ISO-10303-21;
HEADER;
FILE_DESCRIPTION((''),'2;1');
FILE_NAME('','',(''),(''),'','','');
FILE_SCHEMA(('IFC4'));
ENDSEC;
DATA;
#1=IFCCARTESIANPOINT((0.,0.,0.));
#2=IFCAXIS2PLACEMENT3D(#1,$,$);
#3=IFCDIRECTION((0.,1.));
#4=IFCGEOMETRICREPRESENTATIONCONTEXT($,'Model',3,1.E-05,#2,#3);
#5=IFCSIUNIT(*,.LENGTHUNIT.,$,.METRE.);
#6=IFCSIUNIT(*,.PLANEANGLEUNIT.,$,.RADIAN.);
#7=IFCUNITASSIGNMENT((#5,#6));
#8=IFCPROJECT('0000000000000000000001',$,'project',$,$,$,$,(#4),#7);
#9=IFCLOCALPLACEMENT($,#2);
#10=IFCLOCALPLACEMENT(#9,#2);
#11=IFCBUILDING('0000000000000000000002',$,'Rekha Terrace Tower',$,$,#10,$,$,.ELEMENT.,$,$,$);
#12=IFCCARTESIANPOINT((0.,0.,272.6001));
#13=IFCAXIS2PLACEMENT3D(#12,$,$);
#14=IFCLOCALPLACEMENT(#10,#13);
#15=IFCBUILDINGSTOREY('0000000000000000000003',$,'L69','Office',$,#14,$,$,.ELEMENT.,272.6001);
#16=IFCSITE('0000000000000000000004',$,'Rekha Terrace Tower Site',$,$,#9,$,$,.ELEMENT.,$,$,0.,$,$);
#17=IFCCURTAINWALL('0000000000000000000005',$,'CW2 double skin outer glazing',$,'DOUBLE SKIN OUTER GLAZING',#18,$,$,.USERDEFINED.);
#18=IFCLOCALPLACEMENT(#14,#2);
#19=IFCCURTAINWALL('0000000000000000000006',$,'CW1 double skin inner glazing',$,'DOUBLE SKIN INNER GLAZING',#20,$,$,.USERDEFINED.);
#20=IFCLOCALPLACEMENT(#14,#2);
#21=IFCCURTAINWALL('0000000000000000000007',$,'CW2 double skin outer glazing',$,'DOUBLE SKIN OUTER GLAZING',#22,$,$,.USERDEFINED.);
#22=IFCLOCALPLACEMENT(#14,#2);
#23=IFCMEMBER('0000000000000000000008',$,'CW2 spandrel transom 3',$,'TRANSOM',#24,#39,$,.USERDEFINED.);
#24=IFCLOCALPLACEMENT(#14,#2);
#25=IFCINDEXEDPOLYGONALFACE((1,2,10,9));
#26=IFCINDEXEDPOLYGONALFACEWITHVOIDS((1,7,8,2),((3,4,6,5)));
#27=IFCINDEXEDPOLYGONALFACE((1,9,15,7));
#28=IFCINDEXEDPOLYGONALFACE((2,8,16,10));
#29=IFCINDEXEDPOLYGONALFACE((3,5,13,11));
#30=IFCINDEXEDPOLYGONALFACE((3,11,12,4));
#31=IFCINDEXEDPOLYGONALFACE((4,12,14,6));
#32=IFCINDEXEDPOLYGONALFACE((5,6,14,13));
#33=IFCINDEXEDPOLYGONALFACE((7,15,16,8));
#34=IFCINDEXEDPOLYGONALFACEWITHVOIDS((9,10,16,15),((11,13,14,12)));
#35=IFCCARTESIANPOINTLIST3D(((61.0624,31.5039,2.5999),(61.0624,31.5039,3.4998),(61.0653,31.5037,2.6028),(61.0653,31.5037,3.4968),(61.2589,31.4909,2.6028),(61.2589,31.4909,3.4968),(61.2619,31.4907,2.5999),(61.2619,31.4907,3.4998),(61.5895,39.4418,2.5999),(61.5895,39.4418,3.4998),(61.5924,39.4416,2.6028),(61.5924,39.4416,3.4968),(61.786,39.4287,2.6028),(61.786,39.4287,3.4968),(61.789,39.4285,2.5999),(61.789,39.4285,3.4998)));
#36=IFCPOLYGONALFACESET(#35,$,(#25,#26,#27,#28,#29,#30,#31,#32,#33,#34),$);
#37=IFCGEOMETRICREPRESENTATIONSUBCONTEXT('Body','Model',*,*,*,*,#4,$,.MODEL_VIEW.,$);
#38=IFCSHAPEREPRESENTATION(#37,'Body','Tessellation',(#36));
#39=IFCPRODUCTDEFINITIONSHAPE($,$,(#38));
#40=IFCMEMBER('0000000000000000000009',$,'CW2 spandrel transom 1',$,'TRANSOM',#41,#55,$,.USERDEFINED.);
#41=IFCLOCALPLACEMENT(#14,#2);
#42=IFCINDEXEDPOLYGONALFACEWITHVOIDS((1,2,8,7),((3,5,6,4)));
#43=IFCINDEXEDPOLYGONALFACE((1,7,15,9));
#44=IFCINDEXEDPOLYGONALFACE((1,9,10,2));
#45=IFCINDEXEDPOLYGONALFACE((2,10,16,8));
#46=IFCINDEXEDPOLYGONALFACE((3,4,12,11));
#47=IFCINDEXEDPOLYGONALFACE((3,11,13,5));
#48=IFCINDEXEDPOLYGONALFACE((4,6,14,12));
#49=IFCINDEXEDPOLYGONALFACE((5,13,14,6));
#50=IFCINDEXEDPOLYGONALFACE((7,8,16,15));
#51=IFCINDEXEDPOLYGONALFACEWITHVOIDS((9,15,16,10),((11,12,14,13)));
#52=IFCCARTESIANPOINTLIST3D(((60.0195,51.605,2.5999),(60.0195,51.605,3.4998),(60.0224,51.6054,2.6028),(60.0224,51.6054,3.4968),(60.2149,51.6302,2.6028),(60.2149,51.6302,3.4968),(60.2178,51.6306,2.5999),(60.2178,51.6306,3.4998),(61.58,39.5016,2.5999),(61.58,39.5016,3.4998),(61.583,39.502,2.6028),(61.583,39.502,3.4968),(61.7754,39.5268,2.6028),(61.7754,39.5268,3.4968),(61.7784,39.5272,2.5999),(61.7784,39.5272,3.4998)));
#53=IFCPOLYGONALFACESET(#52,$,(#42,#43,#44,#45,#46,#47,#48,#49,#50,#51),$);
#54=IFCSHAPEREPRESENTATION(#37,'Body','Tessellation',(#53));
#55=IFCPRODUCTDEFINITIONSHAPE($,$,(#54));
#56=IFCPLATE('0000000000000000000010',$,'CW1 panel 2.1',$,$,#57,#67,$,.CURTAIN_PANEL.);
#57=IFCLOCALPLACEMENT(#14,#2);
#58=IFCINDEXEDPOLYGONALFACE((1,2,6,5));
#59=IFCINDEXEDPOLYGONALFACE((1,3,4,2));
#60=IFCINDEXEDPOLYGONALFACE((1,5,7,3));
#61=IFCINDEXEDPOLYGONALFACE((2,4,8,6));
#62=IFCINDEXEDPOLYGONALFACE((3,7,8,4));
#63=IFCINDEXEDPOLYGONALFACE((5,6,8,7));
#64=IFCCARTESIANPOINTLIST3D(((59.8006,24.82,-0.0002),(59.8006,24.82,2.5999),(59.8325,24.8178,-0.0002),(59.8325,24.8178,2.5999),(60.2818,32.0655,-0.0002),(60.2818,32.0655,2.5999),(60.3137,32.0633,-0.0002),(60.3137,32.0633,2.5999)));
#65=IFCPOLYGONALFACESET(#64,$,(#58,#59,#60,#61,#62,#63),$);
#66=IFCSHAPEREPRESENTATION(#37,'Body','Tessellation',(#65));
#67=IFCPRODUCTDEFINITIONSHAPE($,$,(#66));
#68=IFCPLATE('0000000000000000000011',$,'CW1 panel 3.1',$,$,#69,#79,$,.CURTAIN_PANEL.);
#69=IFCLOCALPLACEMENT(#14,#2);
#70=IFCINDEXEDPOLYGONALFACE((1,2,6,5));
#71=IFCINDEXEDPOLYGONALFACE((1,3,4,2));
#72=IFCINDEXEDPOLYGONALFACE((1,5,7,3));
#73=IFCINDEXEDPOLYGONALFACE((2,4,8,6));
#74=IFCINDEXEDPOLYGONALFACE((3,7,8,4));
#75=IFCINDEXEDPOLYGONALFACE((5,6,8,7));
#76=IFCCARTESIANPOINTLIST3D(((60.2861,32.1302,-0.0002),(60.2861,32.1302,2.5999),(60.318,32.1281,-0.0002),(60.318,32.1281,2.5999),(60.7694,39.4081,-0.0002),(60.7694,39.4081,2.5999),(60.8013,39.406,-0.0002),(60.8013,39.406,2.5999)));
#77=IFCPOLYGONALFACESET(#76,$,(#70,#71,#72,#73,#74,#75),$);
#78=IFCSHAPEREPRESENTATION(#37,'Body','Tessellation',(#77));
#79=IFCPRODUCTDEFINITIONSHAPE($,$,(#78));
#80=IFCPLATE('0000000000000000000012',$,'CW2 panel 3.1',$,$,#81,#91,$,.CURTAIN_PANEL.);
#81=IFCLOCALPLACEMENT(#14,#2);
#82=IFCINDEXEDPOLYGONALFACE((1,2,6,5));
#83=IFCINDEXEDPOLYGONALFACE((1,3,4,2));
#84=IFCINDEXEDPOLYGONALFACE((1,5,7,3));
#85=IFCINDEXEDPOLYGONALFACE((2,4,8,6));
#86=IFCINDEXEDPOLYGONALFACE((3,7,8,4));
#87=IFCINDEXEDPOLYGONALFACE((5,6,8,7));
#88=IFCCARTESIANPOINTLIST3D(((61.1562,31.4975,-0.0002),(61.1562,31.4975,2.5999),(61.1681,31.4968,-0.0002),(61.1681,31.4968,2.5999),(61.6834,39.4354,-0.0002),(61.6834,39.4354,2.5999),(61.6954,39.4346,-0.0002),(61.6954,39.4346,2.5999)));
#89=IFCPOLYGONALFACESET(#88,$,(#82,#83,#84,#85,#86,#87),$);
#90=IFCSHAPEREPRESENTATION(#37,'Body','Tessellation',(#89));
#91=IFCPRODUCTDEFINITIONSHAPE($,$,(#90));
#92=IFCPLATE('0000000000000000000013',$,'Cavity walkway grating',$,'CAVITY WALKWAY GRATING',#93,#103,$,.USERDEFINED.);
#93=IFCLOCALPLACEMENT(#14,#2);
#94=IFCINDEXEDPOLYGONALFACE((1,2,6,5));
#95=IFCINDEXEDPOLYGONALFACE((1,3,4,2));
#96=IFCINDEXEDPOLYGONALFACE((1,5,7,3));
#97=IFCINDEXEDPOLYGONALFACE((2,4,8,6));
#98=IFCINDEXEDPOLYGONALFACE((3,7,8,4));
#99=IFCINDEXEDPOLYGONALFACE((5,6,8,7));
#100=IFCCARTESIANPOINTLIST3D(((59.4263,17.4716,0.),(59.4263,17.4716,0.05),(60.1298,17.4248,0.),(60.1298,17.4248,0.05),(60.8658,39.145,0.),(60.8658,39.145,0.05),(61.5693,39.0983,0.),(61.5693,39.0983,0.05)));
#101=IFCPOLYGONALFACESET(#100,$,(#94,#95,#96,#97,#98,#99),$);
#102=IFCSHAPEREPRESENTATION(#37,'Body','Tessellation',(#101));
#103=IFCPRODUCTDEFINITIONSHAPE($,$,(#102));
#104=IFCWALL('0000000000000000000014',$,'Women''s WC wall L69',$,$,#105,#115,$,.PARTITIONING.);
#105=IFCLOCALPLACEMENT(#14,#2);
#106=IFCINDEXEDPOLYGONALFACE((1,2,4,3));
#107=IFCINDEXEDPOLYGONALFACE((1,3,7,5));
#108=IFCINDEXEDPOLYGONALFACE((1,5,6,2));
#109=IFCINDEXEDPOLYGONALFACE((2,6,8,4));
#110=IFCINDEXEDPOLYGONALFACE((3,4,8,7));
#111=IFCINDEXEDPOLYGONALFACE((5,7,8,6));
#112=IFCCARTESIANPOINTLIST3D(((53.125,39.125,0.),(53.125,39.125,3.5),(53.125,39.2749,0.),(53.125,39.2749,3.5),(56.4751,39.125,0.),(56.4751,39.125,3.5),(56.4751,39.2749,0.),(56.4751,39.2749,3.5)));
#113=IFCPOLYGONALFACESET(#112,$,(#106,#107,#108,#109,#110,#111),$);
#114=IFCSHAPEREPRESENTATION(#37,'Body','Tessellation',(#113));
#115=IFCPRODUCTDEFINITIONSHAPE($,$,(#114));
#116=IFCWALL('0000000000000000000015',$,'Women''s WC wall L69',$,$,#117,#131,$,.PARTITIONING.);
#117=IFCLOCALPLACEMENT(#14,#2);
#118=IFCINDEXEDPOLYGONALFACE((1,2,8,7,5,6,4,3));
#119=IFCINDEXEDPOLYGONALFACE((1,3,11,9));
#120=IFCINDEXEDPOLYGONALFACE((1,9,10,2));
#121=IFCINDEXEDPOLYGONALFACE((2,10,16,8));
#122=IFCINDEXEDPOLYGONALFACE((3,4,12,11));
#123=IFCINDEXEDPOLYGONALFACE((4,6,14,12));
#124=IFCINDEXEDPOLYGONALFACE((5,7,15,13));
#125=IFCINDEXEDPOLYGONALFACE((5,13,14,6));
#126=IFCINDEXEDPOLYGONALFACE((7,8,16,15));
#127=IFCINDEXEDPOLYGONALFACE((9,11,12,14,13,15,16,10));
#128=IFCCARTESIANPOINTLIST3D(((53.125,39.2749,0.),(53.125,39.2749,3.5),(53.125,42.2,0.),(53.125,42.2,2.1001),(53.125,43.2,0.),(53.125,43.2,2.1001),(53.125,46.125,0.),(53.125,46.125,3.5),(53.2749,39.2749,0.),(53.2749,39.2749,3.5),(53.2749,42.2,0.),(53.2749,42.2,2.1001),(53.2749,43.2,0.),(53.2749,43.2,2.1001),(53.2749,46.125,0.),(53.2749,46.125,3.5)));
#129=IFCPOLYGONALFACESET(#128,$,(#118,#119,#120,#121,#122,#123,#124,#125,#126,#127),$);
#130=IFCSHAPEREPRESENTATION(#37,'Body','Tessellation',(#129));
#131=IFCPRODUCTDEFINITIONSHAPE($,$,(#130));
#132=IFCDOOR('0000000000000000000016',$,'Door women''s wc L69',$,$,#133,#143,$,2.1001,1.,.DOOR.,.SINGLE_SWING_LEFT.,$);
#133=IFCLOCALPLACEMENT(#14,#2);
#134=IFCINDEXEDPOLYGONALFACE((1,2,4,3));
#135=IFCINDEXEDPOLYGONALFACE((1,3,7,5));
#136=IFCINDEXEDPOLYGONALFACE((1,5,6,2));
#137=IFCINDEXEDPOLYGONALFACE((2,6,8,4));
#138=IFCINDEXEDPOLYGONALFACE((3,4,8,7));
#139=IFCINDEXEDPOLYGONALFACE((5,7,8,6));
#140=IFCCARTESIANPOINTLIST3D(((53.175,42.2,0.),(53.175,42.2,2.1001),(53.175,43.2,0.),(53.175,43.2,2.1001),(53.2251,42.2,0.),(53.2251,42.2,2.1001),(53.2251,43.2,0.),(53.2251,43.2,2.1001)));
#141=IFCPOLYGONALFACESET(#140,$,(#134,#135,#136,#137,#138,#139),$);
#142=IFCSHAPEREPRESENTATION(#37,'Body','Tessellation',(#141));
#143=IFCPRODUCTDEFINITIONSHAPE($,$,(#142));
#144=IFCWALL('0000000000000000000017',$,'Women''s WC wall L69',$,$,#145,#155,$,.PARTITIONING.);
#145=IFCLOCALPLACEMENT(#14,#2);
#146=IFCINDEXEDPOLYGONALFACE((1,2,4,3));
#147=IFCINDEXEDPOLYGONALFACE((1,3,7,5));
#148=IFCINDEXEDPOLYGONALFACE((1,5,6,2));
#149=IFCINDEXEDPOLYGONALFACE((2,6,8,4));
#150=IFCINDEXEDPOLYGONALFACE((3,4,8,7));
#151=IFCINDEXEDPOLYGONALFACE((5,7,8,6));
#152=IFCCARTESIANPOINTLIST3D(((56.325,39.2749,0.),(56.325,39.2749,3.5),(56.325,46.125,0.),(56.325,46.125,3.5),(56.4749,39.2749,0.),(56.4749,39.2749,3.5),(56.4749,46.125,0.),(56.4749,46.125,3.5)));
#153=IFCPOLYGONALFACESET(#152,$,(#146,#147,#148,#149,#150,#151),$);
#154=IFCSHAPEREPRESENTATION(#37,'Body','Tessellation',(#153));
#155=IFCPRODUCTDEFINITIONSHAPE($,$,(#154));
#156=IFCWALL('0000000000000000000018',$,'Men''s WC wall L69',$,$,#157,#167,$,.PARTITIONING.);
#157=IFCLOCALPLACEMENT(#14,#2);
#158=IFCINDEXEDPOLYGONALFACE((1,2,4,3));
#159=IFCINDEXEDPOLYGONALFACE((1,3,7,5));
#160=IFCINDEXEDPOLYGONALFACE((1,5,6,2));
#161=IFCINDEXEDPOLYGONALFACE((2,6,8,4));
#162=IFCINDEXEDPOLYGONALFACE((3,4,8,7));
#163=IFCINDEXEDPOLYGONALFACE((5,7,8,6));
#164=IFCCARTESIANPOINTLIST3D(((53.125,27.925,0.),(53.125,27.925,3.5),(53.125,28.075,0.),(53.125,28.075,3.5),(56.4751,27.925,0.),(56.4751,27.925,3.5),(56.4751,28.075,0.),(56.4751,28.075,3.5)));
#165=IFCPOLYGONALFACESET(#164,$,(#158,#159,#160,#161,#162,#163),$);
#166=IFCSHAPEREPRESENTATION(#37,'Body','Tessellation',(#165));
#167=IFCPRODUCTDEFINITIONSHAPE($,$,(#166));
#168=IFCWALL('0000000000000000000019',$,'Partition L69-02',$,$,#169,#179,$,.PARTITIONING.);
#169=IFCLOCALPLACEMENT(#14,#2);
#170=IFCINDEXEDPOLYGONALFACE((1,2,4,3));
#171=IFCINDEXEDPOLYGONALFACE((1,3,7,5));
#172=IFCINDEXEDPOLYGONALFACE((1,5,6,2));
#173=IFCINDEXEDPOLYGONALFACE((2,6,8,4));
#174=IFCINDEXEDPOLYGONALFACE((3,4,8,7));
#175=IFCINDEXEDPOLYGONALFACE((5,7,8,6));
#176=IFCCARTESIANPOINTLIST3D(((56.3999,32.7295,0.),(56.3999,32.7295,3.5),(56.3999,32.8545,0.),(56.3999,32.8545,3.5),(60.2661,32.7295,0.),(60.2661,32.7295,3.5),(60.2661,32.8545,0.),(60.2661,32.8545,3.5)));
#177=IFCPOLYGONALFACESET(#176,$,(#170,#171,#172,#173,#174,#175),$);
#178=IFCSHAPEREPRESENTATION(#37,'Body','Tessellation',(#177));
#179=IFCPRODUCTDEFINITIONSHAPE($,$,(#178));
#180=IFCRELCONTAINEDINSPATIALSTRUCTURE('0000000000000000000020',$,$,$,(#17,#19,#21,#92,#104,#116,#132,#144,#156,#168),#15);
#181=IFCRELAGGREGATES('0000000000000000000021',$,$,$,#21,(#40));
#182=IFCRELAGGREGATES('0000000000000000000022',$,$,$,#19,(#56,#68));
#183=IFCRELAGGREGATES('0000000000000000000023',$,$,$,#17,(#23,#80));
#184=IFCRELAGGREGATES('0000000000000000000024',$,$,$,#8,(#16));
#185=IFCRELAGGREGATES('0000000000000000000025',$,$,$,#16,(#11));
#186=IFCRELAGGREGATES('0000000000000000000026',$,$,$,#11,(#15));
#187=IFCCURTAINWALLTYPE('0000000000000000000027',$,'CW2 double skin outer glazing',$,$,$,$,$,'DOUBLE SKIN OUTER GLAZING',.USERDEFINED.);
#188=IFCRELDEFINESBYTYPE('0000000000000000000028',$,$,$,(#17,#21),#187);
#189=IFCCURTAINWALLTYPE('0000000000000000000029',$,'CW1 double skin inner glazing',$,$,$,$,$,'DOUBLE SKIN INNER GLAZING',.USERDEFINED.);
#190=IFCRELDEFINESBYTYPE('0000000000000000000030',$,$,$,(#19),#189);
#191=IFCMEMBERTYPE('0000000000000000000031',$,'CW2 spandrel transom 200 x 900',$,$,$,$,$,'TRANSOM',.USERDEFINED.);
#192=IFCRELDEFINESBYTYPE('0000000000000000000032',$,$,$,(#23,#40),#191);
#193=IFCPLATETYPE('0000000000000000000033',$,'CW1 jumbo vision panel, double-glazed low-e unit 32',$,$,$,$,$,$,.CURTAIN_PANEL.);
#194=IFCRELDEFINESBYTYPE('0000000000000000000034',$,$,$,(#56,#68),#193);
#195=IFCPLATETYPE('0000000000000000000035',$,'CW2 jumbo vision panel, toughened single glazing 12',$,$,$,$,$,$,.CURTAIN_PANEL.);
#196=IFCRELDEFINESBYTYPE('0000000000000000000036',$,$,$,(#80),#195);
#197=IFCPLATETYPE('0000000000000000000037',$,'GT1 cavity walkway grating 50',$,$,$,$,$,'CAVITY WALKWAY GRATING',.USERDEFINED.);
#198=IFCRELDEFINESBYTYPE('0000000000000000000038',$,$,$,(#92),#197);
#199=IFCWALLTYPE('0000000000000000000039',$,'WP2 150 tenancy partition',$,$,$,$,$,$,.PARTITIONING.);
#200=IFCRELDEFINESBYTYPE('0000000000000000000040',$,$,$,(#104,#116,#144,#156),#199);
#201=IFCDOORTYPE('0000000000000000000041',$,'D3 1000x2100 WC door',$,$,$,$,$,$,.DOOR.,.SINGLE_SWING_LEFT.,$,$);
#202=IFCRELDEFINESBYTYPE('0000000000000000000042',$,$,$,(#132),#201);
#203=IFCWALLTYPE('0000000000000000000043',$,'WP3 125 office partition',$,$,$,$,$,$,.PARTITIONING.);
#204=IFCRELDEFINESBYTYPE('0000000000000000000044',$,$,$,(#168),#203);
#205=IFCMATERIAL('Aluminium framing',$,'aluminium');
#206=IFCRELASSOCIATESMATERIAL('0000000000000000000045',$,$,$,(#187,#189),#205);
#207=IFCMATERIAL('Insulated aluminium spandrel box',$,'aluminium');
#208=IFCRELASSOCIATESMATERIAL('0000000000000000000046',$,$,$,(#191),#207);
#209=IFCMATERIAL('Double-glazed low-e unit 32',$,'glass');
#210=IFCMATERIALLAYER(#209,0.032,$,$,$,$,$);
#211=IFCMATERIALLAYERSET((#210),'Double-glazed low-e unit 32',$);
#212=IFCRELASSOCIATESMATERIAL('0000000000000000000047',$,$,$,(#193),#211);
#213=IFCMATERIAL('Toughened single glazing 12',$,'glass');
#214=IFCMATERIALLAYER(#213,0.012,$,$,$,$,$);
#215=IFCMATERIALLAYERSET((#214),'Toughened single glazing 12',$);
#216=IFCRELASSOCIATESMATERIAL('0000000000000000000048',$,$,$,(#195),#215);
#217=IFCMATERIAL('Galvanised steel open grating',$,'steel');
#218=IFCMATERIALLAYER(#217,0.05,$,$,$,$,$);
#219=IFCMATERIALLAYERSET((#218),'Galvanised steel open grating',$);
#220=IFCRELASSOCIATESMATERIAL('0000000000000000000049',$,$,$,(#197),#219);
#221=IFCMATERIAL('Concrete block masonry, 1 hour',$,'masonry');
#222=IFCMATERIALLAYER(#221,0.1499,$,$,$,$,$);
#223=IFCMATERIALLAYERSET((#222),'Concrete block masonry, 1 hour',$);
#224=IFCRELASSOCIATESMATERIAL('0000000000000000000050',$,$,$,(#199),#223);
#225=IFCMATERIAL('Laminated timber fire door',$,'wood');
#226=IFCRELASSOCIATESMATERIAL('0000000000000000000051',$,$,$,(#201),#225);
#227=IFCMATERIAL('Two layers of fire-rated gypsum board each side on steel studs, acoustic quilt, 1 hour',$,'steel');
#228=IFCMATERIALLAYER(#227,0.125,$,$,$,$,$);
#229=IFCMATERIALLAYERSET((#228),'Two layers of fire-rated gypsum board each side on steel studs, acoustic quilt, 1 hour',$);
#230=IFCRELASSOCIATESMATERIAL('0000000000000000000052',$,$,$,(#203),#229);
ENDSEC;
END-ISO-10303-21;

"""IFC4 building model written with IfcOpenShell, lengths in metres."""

from ifc_helpers import new_model, si_unit, direction, frame, frame_2d, origin, origin_2d, place, context, subcontext, project, spatial, rectangle, hollow_rectangle, extrude, material, layer, layer_set, material_profile, profile_set, type_object, element, fill, aggregate, save


model = new_model("IFC4")

# Units and contexts
model_context = context("Model", 3, precision=1e-05, world=origin(), true_north=direction((0.0, 1.0)))
body_context = subcontext(model_context, "Body", "Model", "MODEL_VIEW")
ifc_project = project(units=[si_unit("LENGTHUNIT", "METRE"), si_unit("PLANEANGLEUNIT", "RADIAN")], contexts=[model_context])

# Site, building, storey
site_placement = place(None, origin())
site = spatial("IfcSite", under=ifc_project, at=site_placement, Name="Rekha Terrace Tower Site", CompositionType="ELEMENT", RefElevation=0.0)
building_placement = place(site_placement, origin())
building = spatial("IfcBuilding", under=site, at=building_placement, Name="Rekha Terrace Tower", CompositionType="ELEMENT")
storey_placement = place(building_placement, frame((0.0, 0.0, 272.6001)))
storey = spatial("IfcBuildingStorey", under=building, at=storey_placement, Name="L69", Description="Office", CompositionType="ELEMENT", Elevation=272.6001)

# Curtain walls
ifc_material_1 = material(Name="Aluminium framing", Category="aluminium")
curtain_wall_type_1 = type_object("IfcCurtainWallType", Name="CW2 double skin outer glazing", ElementType="DOUBLE SKIN OUTER GLAZING", PredefinedType="USERDEFINED", material=ifc_material_1)
curtain_wall_1_placement = place(storey_placement, origin())
curtain_wall_1 = element("IfcCurtainWall", 1, at=curtain_wall_1_placement, inside=storey, type_object=curtain_wall_type_1, Name="CW2 double skin outer glazing", ObjectType="DOUBLE SKIN OUTER GLAZING", PredefinedType="USERDEFINED")
curtain_wall_type_2 = type_object("IfcCurtainWallType", Name="CW1 double skin inner glazing", ElementType="DOUBLE SKIN INNER GLAZING", PredefinedType="USERDEFINED", material=ifc_material_1)
curtain_wall_2_placement = place(storey_placement, origin())
curtain_wall_2 = element("IfcCurtainWall", 2, at=curtain_wall_2_placement, inside=storey, type_object=curtain_wall_type_2, Name="CW1 double skin inner glazing", ObjectType="DOUBLE SKIN INNER GLAZING", PredefinedType="USERDEFINED")

# Shared definitions
ifc_material_2 = material(Name="Insulated aluminium spandrel box", Category="aluminium")

# Curtain wall
curtain_wall_3_placement = place(storey_placement, origin())
curtain_wall_3 = element("IfcCurtainWall", 3, at=curtain_wall_3_placement, inside=storey, type_object=curtain_wall_type_1, Name="CW2 double skin outer glazing", ObjectType="DOUBLE SKIN OUTER GLAZING", PredefinedType="USERDEFINED")

# Members
ifc_material_profile_1 = material_profile(ifc_material_2, hollow_rectangle(XDim=0.2, YDim=0.8999, WallThickness=0.0029, at=origin_2d()), Name="AL SPANDREL BOX 200x900")
ifc_profile_set_1 = profile_set([ifc_material_profile_1], Name="Insulated aluminium spandrel box")
member_type_1 = type_object("IfcMemberType", Name="CW2 spandrel transom 200 x 900", ElementType="TRANSOM", PredefinedType="USERDEFINED", material=ifc_profile_set_1)
member_1_placement = place(storey_placement, frame((61.1621, 31.4973, 3.0498), z_axis=(0.066258, 0.997803, 0.0), x_axis=(-0.997803, 0.066258, 0.0)))
member_1 = element("IfcMember", 4, at=member_1_placement, type_object=member_type_1, Name="CW2 spandrel transom 3", ObjectType="TRANSOM", PredefinedType="USERDEFINED", context=body_context, shape_type="SweptSolid", body=[
    extrude(hollow_rectangle(XDim=0.2, YDim=0.8999, WallThickness=0.0029, at=origin_2d()), origin(), (0.0, 0.0, 1.0), 7.9553),
])
member_2_placement = place(storey_placement, frame((61.6792, 39.5144, 3.0498), z_axis=(-0.127875, 0.99179, 0.0), x_axis=(-0.99179, -0.127875, 0.0)))
member_2 = element("IfcMember", 5, at=member_2_placement, type_object=member_type_1, Name="CW2 spandrel transom 1", ObjectType="TRANSOM", PredefinedType="USERDEFINED", context=body_context, shape_type="SweptSolid", body=[
    extrude(hollow_rectangle(XDim=0.2, YDim=0.8999, WallThickness=0.0029, at=origin_2d()), origin(), (0.0, 0.0, 1.0), 12.2036),
])
aggregate(curtain_wall_3, [member_2])

# Plates
ifc_material_3 = material(Name="Double-glazed low-e unit 32", Category="glass")
ifc_layer_1 = layer(ifc_material_3, 0.032)
ifc_layer_set_1 = layer_set([ifc_layer_1], Name="Double-glazed low-e unit 32")
plate_type_1 = type_object("IfcPlateType", Name="CW1 jumbo vision panel, double-glazed low-e unit 32", PredefinedType="CURTAIN_PANEL", material=ifc_layer_set_1)
plate_1_placement = place(storey_placement, frame((60.0571, 28.4417, -0.0002), z_axis=(0.0, 0.0, 1.0), x_axis=(0.066272, 0.997802, 0.0)))
plate_1 = element("IfcPlate", 6, at=plate_1_placement, type_object=plate_type_1, Name="CW1 panel 2.1", PredefinedType="CURTAIN_PANEL", context=body_context, shape_type="SweptSolid", body=[
    extrude(rectangle(XDim=7.2615, YDim=0.032, at=origin_2d()), origin(), (0.0, 0.0, 1.0), 2.6001),
])
plate_2_placement = place(storey_placement, frame((60.5437, 35.7681, -0.0002), z_axis=(0.0, 0.0, 1.0), x_axis=(0.066272, 0.997802, 0.0)))
plate_2 = element("IfcPlate", 7, at=plate_2_placement, type_object=plate_type_1, Name="CW1 panel 3.1", PredefinedType="CURTAIN_PANEL", context=body_context, shape_type="SweptSolid", body=[
    extrude(rectangle(XDim=7.2939, YDim=0.032, at=origin_2d()), origin(), (0.0, 0.0, 1.0), 2.6001),
])
aggregate(curtain_wall_2, [plate_1, plate_2])
ifc_material_4 = material(Name="Toughened single glazing 12", Category="glass")
ifc_layer_2 = layer(ifc_material_4, 0.012)
ifc_layer_set_2 = layer_set([ifc_layer_2], Name="Toughened single glazing 12")
plate_type_2 = type_object("IfcPlateType", Name="CW2 jumbo vision panel, toughened single glazing 12", PredefinedType="CURTAIN_PANEL", material=ifc_layer_set_2)
plate_3_placement = place(storey_placement, frame((61.4258, 35.4661, -0.0002), z_axis=(0.0, 0.0, 1.0), x_axis=(0.066272, 0.997802, 0.0)))
plate_3 = element("IfcPlate", 8, at=plate_3_placement, type_object=plate_type_2, Name="CW2 panel 3.1", PredefinedType="CURTAIN_PANEL", context=body_context, shape_type="SweptSolid", body=[
    extrude(rectangle(XDim=7.9553, YDim=0.012, at=origin_2d()), origin(), (0.0, 0.0, 1.0), 2.6001),
])
aggregate(curtain_wall_1, [member_1, plate_3])
ifc_material_5 = material(Name="Galvanised steel open grating", Category="steel")
ifc_layer_3 = layer(ifc_material_5, 0.05)
ifc_layer_set_3 = layer_set([ifc_layer_3], Name="Galvanised steel open grating")
plate_type_3 = type_object("IfcPlateType", Name="GT1 cavity walkway grating 50", ElementType="CAVITY WALKWAY GRATING", PredefinedType="USERDEFINED", material=ifc_layer_set_3)
plate_4_placement = place(storey_placement, frame((60.4978, 28.2849, 0.0), z_axis=(0.0, 0.0, 1.0), x_axis=(0.066272, 0.997802, 0.0)))
element("IfcPlate", 9, at=plate_4_placement, inside=storey, type_object=plate_type_3, Name="Cavity walkway grating", ObjectType="CAVITY WALKWAY GRATING", PredefinedType="USERDEFINED", context=body_context, shape_type="SweptSolid", body=[
    extrude(rectangle(XDim=21.7212, YDim=0.7051, at=origin_2d()), origin(), (0.0, 0.0, 1.0), 0.05),
])

# Wall
ifc_material_6 = material(Name="Concrete block masonry, 1 hour", Category="masonry")
ifc_layer_4 = layer(ifc_material_6, 0.1499)
ifc_layer_set_4 = layer_set([ifc_layer_4], Name="Concrete block masonry, 1 hour")
wall_type_1 = type_object("IfcWallType", Name="WP2 150 tenancy partition", PredefinedType="PARTITIONING", material=ifc_layer_set_4)
wall_1_placement = place(storey_placement, frame((53.125, 39.2, 0.0), z_axis=(0.0, 0.0, 1.0), x_axis=(1.0, 0.0, 0.0)))
element("IfcWall", 10, at=wall_1_placement, inside=storey, type_object=wall_type_1, Name="Women's WC wall L69", PredefinedType="PARTITIONING", context=body_context, shape_type="SweptSolid", body=[
    extrude(rectangle(XDim=3.3501, YDim=0.1499, at=frame_2d((1.675, 0.0))), origin(), (0.0, 0.0, 1.0), 3.5),
])

# Wall, opening, door
wall_2_placement = place(storey_placement, frame((53.2, 39.2749, 0.0), z_axis=(0.0, 0.0, 1.0), x_axis=(0.0, 1.0, 0.0)))
wall_2 = element("IfcWall", 11, at=wall_2_placement, inside=storey, type_object=wall_type_1, Name="Women's WC wall L69", PredefinedType="PARTITIONING", context=body_context, shape_type="SweptSolid", body=[
    extrude(rectangle(XDim=6.8501, YDim=0.1499, at=frame_2d((3.425, 0.0))), origin(), (0.0, 0.0, 1.0), 3.5),
])
opening_1_placement = place(wall_2_placement, frame((2.925, 0.0, 0.0)))
opening_1 = element("IfcOpeningElement", 12, at=opening_1_placement, cuts=wall_2, PredefinedType="OPENING", context=body_context, shape_type="SweptSolid", body=[
    extrude(rectangle(XDim=1.0, YDim=2.1001, at=frame_2d((0.5, 1.05))), frame((0.0, 0.085, 0.0), z_axis=(0.0, -1.0, 0.0), x_axis=(1.0, 0.0, 0.0)), (0.0, 0.0, 1.0), 0.1699),
])
ifc_material_7 = material(Name="Laminated timber fire door", Category="wood")
door_type_1 = type_object("IfcDoorType", Name="D3 1000x2100 WC door", OperationType="SINGLE_SWING_LEFT", PredefinedType="DOOR", material=ifc_material_7)
door_1_placement = place(opening_1_placement, origin())
door_1 = element("IfcDoor", 13, at=door_1_placement, inside=storey, type_object=door_type_1, Name="Door women's wc L69", OperationType="SINGLE_SWING_LEFT", OverallHeight=2.1001, OverallWidth=1.0, PredefinedType="DOOR", context=body_context, shape_type="SweptSolid", body=[
    extrude(rectangle(XDim=1.0, YDim=2.1001, at=frame_2d((0.5, 1.05))), frame((0.0, 0.0249, 0.0), z_axis=(0.0, -1.0, 0.0), x_axis=(1.0, 0.0, 0.0)), (0.0, 0.0, 1.0), 0.05),
])
fill(opening_1, door_1)

# Walls
wall_3_placement = place(storey_placement, frame((56.3999, 39.2749, 0.0), z_axis=(0.0, 0.0, 1.0), x_axis=(0.0, 1.0, 0.0)))
element("IfcWall", 14, at=wall_3_placement, inside=storey, type_object=wall_type_1, Name="Women's WC wall L69", PredefinedType="PARTITIONING", context=body_context, shape_type="SweptSolid", body=[
    extrude(rectangle(XDim=6.8501, YDim=0.1499, at=frame_2d((3.425, 0.0))), origin(), (0.0, 0.0, 1.0), 3.5),
])
wall_4_placement = place(storey_placement, frame((53.125, 28.0, 0.0), z_axis=(0.0, 0.0, 1.0), x_axis=(1.0, 0.0, 0.0)))
element("IfcWall", 15, at=wall_4_placement, inside=storey, type_object=wall_type_1, Name="Men's WC wall L69", PredefinedType="PARTITIONING", context=body_context, shape_type="SweptSolid", body=[
    extrude(rectangle(XDim=3.3501, YDim=0.1499, at=frame_2d((1.675, 0.0))), origin(), (0.0, 0.0, 1.0), 3.5),
])
ifc_material_8 = material(Name="Two layers of fire-rated gypsum board each side on steel studs, acoustic quilt, 1 hour", Category="steel")
ifc_layer_5 = layer(ifc_material_8, 0.125)
ifc_layer_set_5 = layer_set([ifc_layer_5], Name="Two layers of fire-rated gypsum board each side on steel studs, acoustic quilt, 1 hour")
wall_type_2 = type_object("IfcWallType", Name="WP3 125 office partition", PredefinedType="PARTITIONING", material=ifc_layer_set_5)
wall_5_placement = place(storey_placement, frame((60.2661, 32.792, 0.0), z_axis=(0.0, 0.0, 1.0), x_axis=(-1.0, 0.0, 0.0)))
element("IfcWall", 16, at=wall_5_placement, inside=storey, type_object=wall_type_2, Name="Partition L69-02", PredefinedType="PARTITIONING", context=body_context, shape_type="SweptSolid", body=[
    extrude(rectangle(XDim=3.8662, YDim=0.125, at=frame_2d((1.9331, 0.0))), origin(), (0.0, 0.0, 1.0), 3.5),
])

save(model, "model.ifc")
